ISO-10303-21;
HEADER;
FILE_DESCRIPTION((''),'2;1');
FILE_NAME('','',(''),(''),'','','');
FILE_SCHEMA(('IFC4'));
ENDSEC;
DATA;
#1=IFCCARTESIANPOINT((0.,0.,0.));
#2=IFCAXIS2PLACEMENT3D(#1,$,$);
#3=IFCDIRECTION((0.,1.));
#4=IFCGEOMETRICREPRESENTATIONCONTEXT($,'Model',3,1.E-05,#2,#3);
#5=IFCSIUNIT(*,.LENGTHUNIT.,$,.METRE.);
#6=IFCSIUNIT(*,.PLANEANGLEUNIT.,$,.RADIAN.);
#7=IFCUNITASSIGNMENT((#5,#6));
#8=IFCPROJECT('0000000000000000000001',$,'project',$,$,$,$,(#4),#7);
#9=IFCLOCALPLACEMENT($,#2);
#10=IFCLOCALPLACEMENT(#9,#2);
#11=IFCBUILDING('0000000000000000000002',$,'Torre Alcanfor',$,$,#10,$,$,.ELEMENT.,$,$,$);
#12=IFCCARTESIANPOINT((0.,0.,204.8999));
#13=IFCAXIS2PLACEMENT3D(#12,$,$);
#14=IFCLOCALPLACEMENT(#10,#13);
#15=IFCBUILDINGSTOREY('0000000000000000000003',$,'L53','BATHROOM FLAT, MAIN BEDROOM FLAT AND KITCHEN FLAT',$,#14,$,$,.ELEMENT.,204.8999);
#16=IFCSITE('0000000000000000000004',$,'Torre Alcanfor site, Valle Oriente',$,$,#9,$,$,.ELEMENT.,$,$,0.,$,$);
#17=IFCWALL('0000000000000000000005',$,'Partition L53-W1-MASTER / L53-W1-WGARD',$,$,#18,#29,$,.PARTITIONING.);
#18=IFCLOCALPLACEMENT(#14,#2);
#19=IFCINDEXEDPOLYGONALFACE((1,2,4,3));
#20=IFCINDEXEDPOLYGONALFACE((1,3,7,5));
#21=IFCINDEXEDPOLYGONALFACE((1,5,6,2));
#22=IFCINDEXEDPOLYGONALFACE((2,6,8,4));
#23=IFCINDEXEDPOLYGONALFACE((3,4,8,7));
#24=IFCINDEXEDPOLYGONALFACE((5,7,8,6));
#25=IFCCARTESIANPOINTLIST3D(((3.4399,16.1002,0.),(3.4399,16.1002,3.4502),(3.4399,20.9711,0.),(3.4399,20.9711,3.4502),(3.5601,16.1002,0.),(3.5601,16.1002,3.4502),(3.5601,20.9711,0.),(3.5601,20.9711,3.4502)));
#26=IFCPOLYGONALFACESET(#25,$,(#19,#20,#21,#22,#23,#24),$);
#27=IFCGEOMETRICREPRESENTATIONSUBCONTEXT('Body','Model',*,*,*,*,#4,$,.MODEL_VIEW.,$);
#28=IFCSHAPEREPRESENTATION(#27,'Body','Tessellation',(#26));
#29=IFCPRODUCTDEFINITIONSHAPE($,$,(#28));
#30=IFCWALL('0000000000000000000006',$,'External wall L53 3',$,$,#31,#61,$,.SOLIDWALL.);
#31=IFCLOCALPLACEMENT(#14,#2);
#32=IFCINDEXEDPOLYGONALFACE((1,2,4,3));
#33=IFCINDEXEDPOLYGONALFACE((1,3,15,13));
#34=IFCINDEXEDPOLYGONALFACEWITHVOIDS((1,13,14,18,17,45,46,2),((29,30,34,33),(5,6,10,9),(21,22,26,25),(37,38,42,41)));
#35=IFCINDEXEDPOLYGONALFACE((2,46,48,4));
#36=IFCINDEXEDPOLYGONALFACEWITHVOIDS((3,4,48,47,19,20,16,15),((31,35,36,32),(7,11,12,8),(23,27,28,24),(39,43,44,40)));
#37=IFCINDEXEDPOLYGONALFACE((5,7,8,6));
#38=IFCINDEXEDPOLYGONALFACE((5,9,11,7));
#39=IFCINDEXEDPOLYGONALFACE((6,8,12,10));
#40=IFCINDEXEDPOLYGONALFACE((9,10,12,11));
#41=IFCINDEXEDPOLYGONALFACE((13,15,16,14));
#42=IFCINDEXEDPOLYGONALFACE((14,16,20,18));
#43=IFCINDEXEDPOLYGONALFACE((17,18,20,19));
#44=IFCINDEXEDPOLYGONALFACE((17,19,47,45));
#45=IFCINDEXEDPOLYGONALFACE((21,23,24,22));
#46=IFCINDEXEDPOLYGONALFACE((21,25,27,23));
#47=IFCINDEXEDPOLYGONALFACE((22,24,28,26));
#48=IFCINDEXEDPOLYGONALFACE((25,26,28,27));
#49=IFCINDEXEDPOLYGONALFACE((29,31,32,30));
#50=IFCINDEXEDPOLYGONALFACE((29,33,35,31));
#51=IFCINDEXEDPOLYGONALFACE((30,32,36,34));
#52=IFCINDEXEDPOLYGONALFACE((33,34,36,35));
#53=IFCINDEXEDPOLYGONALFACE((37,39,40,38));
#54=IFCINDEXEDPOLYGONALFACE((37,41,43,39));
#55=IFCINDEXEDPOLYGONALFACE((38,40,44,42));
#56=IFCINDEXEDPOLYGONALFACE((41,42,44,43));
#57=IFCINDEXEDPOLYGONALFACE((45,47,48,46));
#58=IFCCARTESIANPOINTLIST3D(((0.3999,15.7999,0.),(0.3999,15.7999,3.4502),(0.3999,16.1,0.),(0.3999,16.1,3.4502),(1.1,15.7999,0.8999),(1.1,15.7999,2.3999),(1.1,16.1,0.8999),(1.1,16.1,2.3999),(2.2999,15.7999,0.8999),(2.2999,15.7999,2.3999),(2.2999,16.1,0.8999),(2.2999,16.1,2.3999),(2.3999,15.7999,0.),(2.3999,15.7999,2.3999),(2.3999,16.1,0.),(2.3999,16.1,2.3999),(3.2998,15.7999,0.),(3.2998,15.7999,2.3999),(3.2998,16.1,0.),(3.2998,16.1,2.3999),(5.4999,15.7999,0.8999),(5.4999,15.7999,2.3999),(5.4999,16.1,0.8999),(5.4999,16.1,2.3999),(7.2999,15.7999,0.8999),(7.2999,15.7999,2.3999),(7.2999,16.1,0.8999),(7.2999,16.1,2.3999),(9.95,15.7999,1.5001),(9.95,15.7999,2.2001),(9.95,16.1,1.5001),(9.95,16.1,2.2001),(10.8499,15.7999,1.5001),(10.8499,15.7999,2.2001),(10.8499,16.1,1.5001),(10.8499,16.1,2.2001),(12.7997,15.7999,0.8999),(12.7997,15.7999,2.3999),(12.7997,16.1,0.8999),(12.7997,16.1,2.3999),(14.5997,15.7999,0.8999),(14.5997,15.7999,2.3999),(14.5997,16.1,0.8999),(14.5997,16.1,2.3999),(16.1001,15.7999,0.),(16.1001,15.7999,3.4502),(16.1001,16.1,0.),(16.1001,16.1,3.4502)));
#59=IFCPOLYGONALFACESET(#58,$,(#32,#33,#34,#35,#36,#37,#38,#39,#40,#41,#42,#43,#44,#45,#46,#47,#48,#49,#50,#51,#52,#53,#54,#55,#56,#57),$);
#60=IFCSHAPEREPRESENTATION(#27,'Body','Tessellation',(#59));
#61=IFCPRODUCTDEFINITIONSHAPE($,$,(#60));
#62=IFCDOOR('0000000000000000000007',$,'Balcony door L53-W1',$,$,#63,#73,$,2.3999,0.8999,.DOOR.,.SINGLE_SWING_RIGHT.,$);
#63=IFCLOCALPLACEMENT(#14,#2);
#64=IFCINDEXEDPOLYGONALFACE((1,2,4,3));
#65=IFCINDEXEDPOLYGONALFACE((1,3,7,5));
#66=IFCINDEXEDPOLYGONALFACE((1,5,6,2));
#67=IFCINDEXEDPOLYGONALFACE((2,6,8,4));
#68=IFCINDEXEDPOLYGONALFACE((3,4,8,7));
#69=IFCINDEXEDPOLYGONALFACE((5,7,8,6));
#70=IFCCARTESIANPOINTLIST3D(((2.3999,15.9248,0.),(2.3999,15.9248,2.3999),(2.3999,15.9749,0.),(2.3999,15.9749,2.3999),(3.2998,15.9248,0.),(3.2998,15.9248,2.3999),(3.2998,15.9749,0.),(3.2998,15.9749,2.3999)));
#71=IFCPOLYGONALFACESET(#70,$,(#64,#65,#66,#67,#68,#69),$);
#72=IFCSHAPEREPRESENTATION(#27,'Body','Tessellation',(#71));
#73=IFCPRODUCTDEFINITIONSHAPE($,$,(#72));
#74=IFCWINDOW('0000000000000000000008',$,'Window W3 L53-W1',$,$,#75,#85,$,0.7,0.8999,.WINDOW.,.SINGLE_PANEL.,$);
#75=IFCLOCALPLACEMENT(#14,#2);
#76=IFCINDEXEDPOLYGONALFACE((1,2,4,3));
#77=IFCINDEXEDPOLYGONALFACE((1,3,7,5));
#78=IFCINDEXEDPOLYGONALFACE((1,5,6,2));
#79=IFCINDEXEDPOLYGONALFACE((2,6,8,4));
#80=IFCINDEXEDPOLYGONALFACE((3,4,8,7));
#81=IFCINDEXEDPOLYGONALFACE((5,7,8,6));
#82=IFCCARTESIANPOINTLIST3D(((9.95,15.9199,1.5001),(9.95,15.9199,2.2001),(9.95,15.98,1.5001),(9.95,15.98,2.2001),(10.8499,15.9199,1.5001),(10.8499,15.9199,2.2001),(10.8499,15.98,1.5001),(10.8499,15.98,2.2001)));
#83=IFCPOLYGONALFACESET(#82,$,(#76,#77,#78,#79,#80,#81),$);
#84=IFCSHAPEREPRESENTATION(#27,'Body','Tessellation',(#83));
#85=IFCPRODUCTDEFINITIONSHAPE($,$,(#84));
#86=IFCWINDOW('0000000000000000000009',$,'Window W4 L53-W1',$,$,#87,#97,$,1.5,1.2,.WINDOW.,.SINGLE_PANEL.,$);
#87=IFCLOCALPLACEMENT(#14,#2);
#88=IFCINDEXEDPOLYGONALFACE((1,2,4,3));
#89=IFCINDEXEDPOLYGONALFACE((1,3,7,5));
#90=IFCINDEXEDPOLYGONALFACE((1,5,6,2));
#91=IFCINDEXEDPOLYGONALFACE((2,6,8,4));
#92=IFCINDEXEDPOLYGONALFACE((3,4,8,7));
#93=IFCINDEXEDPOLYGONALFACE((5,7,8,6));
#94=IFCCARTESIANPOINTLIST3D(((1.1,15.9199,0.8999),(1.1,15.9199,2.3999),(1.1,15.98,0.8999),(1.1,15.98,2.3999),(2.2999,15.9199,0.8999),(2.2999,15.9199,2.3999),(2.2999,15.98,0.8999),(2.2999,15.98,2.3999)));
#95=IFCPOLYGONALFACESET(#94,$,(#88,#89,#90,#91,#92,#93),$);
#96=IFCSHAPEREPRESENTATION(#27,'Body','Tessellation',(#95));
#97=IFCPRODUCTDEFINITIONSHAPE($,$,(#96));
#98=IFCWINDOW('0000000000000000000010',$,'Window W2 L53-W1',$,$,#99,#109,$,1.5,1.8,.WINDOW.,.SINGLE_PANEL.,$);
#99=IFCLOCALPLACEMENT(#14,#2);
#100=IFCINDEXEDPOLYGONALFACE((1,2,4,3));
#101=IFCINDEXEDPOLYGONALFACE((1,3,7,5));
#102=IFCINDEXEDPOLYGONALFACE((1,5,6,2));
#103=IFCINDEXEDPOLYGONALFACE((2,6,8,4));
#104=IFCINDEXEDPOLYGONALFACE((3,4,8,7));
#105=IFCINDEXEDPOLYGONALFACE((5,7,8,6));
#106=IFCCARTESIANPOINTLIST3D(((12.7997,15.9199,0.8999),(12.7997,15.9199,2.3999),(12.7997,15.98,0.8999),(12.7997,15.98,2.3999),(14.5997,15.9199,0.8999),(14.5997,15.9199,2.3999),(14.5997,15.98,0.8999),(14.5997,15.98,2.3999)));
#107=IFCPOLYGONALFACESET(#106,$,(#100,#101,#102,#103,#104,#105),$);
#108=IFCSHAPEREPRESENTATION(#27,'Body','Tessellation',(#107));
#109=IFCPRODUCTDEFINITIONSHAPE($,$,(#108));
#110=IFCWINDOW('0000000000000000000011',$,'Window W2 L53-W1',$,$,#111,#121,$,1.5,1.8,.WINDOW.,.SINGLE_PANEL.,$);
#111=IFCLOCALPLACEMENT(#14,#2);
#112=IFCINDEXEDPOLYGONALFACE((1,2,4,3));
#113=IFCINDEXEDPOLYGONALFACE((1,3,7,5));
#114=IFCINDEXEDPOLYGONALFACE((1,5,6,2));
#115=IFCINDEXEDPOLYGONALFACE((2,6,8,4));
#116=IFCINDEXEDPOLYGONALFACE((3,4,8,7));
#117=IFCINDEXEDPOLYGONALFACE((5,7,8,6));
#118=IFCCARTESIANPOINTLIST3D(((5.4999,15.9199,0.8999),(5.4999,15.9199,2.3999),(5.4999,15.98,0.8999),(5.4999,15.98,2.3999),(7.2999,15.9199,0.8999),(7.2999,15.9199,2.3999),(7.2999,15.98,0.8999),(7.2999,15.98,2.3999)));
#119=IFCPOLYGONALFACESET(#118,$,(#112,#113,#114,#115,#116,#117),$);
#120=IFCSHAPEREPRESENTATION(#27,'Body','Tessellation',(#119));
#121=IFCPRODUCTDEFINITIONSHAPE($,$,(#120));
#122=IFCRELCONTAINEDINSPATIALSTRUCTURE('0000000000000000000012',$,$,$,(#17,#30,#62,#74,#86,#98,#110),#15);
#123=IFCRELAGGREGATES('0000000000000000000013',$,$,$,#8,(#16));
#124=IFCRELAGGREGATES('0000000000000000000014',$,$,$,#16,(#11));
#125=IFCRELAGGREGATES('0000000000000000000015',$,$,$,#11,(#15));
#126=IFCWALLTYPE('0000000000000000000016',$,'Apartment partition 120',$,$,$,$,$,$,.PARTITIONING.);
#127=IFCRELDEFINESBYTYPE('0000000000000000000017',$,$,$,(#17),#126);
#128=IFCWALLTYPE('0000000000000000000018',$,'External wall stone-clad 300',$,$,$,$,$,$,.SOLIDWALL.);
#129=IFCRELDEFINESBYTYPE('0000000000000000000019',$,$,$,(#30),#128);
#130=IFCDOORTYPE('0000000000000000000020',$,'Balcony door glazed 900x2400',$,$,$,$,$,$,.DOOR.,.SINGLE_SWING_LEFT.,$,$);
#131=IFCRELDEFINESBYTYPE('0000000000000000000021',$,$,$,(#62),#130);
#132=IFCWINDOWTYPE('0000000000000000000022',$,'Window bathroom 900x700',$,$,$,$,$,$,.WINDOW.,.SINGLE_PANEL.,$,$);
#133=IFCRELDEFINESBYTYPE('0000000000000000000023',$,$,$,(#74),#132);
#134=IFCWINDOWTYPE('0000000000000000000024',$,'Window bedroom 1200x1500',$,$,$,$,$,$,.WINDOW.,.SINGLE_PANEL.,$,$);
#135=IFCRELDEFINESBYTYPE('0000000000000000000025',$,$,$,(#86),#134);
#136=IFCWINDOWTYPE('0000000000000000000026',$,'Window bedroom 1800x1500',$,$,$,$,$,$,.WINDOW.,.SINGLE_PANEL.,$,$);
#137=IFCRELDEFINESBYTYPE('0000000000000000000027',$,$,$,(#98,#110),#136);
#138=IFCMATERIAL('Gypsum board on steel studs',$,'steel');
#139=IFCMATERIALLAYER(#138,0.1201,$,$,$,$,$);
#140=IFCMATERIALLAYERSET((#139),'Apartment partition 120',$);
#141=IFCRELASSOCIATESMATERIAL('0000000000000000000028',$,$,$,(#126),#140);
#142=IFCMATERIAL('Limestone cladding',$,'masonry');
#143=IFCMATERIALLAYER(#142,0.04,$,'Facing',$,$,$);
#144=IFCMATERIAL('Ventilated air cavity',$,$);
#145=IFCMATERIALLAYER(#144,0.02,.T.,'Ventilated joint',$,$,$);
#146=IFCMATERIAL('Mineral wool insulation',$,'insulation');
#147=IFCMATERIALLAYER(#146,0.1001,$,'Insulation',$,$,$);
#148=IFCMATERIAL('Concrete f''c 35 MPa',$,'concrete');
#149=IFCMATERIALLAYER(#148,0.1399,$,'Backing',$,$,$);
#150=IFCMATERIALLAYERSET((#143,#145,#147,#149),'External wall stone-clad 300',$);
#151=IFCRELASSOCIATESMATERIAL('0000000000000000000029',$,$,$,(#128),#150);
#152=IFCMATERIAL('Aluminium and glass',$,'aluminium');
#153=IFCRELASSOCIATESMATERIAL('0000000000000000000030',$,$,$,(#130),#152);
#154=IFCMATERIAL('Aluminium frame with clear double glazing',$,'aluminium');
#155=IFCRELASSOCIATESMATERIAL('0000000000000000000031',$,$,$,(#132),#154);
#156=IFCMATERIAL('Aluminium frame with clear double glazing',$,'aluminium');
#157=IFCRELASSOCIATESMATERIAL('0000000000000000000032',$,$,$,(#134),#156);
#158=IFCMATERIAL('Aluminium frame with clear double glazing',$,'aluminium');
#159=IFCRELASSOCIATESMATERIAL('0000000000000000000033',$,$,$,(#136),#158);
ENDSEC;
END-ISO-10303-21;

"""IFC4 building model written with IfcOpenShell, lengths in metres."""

from ifc_helpers import new_model, si_unit, direction, frame, frame_2d, origin, place, context, subcontext, project, spatial, rectangle, extrude, material, layer, layer_set, type_object, element, fill, save


model = new_model("IFC4")

# Units and contexts
model_context = context("Model", 3, precision=1e-05, world=origin(), true_north=direction((0.0, 1.0)))
body_context = subcontext(model_context, "Body", "Model", "MODEL_VIEW")
ifc_project = project(units=[si_unit("LENGTHUNIT", "METRE"), si_unit("PLANEANGLEUNIT", "RADIAN")], contexts=[model_context])

# Site, building, storey
site_placement = place(None, origin())
site = spatial("IfcSite", under=ifc_project, at=site_placement, Name="Torre Alcanfor site, Valle Oriente", CompositionType="ELEMENT", RefElevation=0.0)
building_placement = place(site_placement, origin())
building = spatial("IfcBuilding", under=site, at=building_placement, Name="Torre Alcanfor", CompositionType="ELEMENT")
storey_placement = place(building_placement, frame((0.0, 0.0, 204.8999)))
storey = spatial("IfcBuildingStorey", under=building, at=storey_placement, Name="L53", Description="BATHROOM FLAT, MAIN BEDROOM FLAT AND KITCHEN FLAT", CompositionType="ELEMENT", Elevation=204.8999)

# Wall
ifc_material_1 = material(Name="Gypsum board on steel studs", Category="steel")
ifc_layer_1 = layer(ifc_material_1, 0.1201)
ifc_layer_set_1 = layer_set([ifc_layer_1], Name="Apartment partition 120")
wall_type_1 = type_object("IfcWallType", Name="Apartment partition 120", PredefinedType="PARTITIONING", material=ifc_layer_set_1)
wall_1_placement = place(storey_placement, frame((3.5, 16.1001, 0.0), z_axis=(0.0, 0.0, 1.0), x_axis=(0.0, 1.0, 0.0)))
element("IfcWall", 1, at=wall_1_placement, inside=storey, type_object=wall_type_1, Name="Partition L53-W1-MASTER / L53-W1-WGARD", PredefinedType="PARTITIONING", context=body_context, shape_type="SweptSolid", body=[
    extrude(rectangle(XDim=4.8708, YDim=0.1201, at=frame_2d((2.4355, 0.0))), origin(), (0.0, 0.0, 1.0), 3.4502),
])

# Wall, openings, door, windows
ifc_material_2 = material(Name="Limestone cladding", Category="masonry")
ifc_layer_2 = layer(ifc_material_2, 0.04, Name="Facing")
ifc_material_3 = material(Name="Ventilated air cavity")
ifc_layer_3 = layer(ifc_material_3, 0.02, ventilated=True, Name="Ventilated joint")
ifc_material_4 = material(Name="Mineral wool insulation", Category="insulation")
ifc_layer_4 = layer(ifc_material_4, 0.1001, Name="Insulation")
ifc_material_5 = material(Name="Concrete f'c 35 MPa", Category="concrete")
ifc_layer_5 = layer(ifc_material_5, 0.1399, Name="Backing")
ifc_layer_set_2 = layer_set([ifc_layer_2, ifc_layer_3, ifc_layer_4, ifc_layer_5], Name="External wall stone-clad 300")
wall_type_2 = type_object("IfcWallType", Name="External wall stone-clad 300", PredefinedType="SOLIDWALL", material=ifc_layer_set_2)
wall_2_placement = place(storey_placement, frame((0.3999, 15.95, 0.0), z_axis=(0.0, 0.0, 1.0), x_axis=(1.0, 0.0, 0.0)))
wall_2 = element("IfcWall", 2, at=wall_2_placement, inside=storey, type_object=wall_type_2, Name="External wall L53 3", PredefinedType="SOLIDWALL", context=body_context, shape_type="SweptSolid", body=[
    extrude(rectangle(XDim=15.7002, YDim=0.3, at=frame_2d((7.8501, 0.0))), origin(), (0.0, 0.0, 1.0), 3.4502),
])
opening_1_placement = place(wall_2_placement, frame((12.3999, 0.0, 0.8999)))
opening_1 = element("IfcOpeningElement", 3, at=opening_1_placement, cuts=wall_2, PredefinedType="OPENING", context=body_context, shape_type="SweptSolid", body=[
    extrude(rectangle(XDim=1.8, YDim=1.5, at=frame_2d((0.8999, 0.75))), frame((0.0, 0.1599, 0.0), z_axis=(0.0, -1.0, 0.0), x_axis=(1.0, 0.0, 0.0)), (0.0, 0.0, 1.0), 0.3201),
])
opening_2_placement = place(wall_2_placement, frame((9.55, 0.0, 1.5)))
opening_2 = element("IfcOpeningElement", 4, at=opening_2_placement, cuts=wall_2, PredefinedType="OPENING", context=body_context, shape_type="SweptSolid", body=[
    extrude(rectangle(XDim=0.8999, YDim=0.7, at=frame_2d((0.45, 0.3501))), frame((0.0, 0.1599, 0.0), z_axis=(0.0, -1.0, 0.0), x_axis=(1.0, 0.0, 0.0)), (0.0, 0.0, 1.0), 0.3201),
])
opening_3_placement = place(wall_2_placement, frame((5.1001, 0.0, 0.8999)))
opening_3 = element("IfcOpeningElement", 5, at=opening_3_placement, cuts=wall_2, PredefinedType="OPENING", context=body_context, shape_type="SweptSolid", body=[
    extrude(rectangle(XDim=1.8, YDim=1.5, at=frame_2d((0.8999, 0.75))), frame((0.0, 0.1599, 0.0), z_axis=(0.0, -1.0, 0.0), x_axis=(1.0, 0.0, 0.0)), (0.0, 0.0, 1.0), 0.3201),
])
opening_4_placement = place(wall_2_placement, frame((2.0, 0.0, 0.0)))
opening_4 = element("IfcOpeningElement", 6, at=opening_4_placement, cuts=wall_2, PredefinedType="OPENING", context=body_context, shape_type="SweptSolid", body=[
    extrude(rectangle(XDim=0.8999, YDim=2.3999, at=frame_2d((0.45, 1.2))), frame((0.0, 0.1599, 0.0), z_axis=(0.0, -1.0, 0.0), x_axis=(1.0, 0.0, 0.0)), (0.0, 0.0, 1.0), 0.3201),
])
opening_5_placement = place(wall_2_placement, frame((0.7, 0.0, 0.8999)))
opening_5 = element("IfcOpeningElement", 7, at=opening_5_placement, cuts=wall_2, PredefinedType="OPENING", context=body_context, shape_type="SweptSolid", body=[
    extrude(rectangle(XDim=1.2, YDim=1.5, at=frame_2d((0.6001, 0.75))), frame((0.0, 0.1599, 0.0), z_axis=(0.0, -1.0, 0.0), x_axis=(1.0, 0.0, 0.0)), (0.0, 0.0, 1.0), 0.3201),
])
ifc_material_6 = material(Name="Aluminium and glass", Category="aluminium")
door_type = type_object("IfcDoorType", Name="Balcony door glazed 900x2400", OperationType="SINGLE_SWING_LEFT", PredefinedType="DOOR", material=ifc_material_6)
door_placement = place(opening_4_placement, origin())
door = element("IfcDoor", 8, at=door_placement, inside=storey, type_object=door_type, Name="Balcony door L53-W1", OperationType="SINGLE_SWING_RIGHT", OverallHeight=2.3999, OverallWidth=0.8999, PredefinedType="DOOR", context=body_context, shape_type="SweptSolid", body=[
    extrude(rectangle(XDim=0.8999, YDim=2.3999, at=frame_2d((0.45, 1.2))), frame((0.0, 0.0249, 0.0), z_axis=(0.0, -1.0, 0.0), x_axis=(1.0, 0.0, 0.0)), (0.0, 0.0, 1.0), 0.05),
])
fill(opening_4, door)
ifc_material_7 = material(Name="Aluminium frame with clear double glazing", Category="aluminium")
window_type_1 = type_object("IfcWindowType", Name="Window bathroom 900x700", PartitioningType="SINGLE_PANEL", PredefinedType="WINDOW", material=ifc_material_7)
window_1_placement = place(opening_2_placement, origin())
window_1 = element("IfcWindow", 9, at=window_1_placement, inside=storey, type_object=window_type_1, Name="Window W3 L53-W1", OverallHeight=0.7, OverallWidth=0.8999, PartitioningType="SINGLE_PANEL", PredefinedType="WINDOW", context=body_context, shape_type="SweptSolid", body=[
    extrude(rectangle(XDim=0.8999, YDim=0.7, at=frame_2d((0.45, 0.3501))), frame((0.0, 0.03, 0.0), z_axis=(0.0, -1.0, 0.0), x_axis=(1.0, 0.0, 0.0)), (0.0, 0.0, 1.0), 0.0601),
])
fill(opening_2, window_1)
ifc_material_8 = material(Name="Aluminium frame with clear double glazing", Category="aluminium")
window_type_2 = type_object("IfcWindowType", Name="Window bedroom 1200x1500", PartitioningType="SINGLE_PANEL", PredefinedType="WINDOW", material=ifc_material_8)
window_2_placement = place(opening_5_placement, origin())
window_2 = element("IfcWindow", 10, at=window_2_placement, inside=storey, type_object=window_type_2, Name="Window W4 L53-W1", OverallHeight=1.5, OverallWidth=1.2, PartitioningType="SINGLE_PANEL", PredefinedType="WINDOW", context=body_context, shape_type="SweptSolid", body=[
    extrude(rectangle(XDim=1.2, YDim=1.5, at=frame_2d((0.6001, 0.75))), frame((0.0, 0.03, 0.0), z_axis=(0.0, -1.0, 0.0), x_axis=(1.0, 0.0, 0.0)), (0.0, 0.0, 1.0), 0.0601),
])
fill(opening_5, window_2)
ifc_material_9 = material(Name="Aluminium frame with clear double glazing", Category="aluminium")
window_type_3 = type_object("IfcWindowType", Name="Window bedroom 1800x1500", PartitioningType="SINGLE_PANEL", PredefinedType="WINDOW", material=ifc_material_9)
window_3_placement = place(opening_1_placement, origin())
window_3 = element("IfcWindow", 11, at=window_3_placement, inside=storey, type_object=window_type_3, Name="Window W2 L53-W1", OverallHeight=1.5, OverallWidth=1.8, PartitioningType="SINGLE_PANEL", PredefinedType="WINDOW", context=body_context, shape_type="SweptSolid", body=[
    extrude(rectangle(XDim=1.8, YDim=1.5, at=frame_2d((0.8999, 0.75))), frame((0.0, 0.03, 0.0), z_axis=(0.0, -1.0, 0.0), x_axis=(1.0, 0.0, 0.0)), (0.0, 0.0, 1.0), 0.0601),
])
fill(opening_1, window_3)
window_4_placement = place(opening_3_placement, origin())
window_4 = element("IfcWindow", 12, at=window_4_placement, inside=storey, type_object=window_type_3, Name="Window W2 L53-W1", OverallHeight=1.5, OverallWidth=1.8, PartitioningType="SINGLE_PANEL", PredefinedType="WINDOW", context=body_context, shape_type="SweptSolid", body=[
    extrude(rectangle(XDim=1.8, YDim=1.5, at=frame_2d((0.8999, 0.75))), frame((0.0, 0.03, 0.0), z_axis=(0.0, -1.0, 0.0), x_axis=(1.0, 0.0, 0.0)), (0.0, 0.0, 1.0), 0.0601),
])
fill(opening_3, window_4)

save(model, "model.ifc")
